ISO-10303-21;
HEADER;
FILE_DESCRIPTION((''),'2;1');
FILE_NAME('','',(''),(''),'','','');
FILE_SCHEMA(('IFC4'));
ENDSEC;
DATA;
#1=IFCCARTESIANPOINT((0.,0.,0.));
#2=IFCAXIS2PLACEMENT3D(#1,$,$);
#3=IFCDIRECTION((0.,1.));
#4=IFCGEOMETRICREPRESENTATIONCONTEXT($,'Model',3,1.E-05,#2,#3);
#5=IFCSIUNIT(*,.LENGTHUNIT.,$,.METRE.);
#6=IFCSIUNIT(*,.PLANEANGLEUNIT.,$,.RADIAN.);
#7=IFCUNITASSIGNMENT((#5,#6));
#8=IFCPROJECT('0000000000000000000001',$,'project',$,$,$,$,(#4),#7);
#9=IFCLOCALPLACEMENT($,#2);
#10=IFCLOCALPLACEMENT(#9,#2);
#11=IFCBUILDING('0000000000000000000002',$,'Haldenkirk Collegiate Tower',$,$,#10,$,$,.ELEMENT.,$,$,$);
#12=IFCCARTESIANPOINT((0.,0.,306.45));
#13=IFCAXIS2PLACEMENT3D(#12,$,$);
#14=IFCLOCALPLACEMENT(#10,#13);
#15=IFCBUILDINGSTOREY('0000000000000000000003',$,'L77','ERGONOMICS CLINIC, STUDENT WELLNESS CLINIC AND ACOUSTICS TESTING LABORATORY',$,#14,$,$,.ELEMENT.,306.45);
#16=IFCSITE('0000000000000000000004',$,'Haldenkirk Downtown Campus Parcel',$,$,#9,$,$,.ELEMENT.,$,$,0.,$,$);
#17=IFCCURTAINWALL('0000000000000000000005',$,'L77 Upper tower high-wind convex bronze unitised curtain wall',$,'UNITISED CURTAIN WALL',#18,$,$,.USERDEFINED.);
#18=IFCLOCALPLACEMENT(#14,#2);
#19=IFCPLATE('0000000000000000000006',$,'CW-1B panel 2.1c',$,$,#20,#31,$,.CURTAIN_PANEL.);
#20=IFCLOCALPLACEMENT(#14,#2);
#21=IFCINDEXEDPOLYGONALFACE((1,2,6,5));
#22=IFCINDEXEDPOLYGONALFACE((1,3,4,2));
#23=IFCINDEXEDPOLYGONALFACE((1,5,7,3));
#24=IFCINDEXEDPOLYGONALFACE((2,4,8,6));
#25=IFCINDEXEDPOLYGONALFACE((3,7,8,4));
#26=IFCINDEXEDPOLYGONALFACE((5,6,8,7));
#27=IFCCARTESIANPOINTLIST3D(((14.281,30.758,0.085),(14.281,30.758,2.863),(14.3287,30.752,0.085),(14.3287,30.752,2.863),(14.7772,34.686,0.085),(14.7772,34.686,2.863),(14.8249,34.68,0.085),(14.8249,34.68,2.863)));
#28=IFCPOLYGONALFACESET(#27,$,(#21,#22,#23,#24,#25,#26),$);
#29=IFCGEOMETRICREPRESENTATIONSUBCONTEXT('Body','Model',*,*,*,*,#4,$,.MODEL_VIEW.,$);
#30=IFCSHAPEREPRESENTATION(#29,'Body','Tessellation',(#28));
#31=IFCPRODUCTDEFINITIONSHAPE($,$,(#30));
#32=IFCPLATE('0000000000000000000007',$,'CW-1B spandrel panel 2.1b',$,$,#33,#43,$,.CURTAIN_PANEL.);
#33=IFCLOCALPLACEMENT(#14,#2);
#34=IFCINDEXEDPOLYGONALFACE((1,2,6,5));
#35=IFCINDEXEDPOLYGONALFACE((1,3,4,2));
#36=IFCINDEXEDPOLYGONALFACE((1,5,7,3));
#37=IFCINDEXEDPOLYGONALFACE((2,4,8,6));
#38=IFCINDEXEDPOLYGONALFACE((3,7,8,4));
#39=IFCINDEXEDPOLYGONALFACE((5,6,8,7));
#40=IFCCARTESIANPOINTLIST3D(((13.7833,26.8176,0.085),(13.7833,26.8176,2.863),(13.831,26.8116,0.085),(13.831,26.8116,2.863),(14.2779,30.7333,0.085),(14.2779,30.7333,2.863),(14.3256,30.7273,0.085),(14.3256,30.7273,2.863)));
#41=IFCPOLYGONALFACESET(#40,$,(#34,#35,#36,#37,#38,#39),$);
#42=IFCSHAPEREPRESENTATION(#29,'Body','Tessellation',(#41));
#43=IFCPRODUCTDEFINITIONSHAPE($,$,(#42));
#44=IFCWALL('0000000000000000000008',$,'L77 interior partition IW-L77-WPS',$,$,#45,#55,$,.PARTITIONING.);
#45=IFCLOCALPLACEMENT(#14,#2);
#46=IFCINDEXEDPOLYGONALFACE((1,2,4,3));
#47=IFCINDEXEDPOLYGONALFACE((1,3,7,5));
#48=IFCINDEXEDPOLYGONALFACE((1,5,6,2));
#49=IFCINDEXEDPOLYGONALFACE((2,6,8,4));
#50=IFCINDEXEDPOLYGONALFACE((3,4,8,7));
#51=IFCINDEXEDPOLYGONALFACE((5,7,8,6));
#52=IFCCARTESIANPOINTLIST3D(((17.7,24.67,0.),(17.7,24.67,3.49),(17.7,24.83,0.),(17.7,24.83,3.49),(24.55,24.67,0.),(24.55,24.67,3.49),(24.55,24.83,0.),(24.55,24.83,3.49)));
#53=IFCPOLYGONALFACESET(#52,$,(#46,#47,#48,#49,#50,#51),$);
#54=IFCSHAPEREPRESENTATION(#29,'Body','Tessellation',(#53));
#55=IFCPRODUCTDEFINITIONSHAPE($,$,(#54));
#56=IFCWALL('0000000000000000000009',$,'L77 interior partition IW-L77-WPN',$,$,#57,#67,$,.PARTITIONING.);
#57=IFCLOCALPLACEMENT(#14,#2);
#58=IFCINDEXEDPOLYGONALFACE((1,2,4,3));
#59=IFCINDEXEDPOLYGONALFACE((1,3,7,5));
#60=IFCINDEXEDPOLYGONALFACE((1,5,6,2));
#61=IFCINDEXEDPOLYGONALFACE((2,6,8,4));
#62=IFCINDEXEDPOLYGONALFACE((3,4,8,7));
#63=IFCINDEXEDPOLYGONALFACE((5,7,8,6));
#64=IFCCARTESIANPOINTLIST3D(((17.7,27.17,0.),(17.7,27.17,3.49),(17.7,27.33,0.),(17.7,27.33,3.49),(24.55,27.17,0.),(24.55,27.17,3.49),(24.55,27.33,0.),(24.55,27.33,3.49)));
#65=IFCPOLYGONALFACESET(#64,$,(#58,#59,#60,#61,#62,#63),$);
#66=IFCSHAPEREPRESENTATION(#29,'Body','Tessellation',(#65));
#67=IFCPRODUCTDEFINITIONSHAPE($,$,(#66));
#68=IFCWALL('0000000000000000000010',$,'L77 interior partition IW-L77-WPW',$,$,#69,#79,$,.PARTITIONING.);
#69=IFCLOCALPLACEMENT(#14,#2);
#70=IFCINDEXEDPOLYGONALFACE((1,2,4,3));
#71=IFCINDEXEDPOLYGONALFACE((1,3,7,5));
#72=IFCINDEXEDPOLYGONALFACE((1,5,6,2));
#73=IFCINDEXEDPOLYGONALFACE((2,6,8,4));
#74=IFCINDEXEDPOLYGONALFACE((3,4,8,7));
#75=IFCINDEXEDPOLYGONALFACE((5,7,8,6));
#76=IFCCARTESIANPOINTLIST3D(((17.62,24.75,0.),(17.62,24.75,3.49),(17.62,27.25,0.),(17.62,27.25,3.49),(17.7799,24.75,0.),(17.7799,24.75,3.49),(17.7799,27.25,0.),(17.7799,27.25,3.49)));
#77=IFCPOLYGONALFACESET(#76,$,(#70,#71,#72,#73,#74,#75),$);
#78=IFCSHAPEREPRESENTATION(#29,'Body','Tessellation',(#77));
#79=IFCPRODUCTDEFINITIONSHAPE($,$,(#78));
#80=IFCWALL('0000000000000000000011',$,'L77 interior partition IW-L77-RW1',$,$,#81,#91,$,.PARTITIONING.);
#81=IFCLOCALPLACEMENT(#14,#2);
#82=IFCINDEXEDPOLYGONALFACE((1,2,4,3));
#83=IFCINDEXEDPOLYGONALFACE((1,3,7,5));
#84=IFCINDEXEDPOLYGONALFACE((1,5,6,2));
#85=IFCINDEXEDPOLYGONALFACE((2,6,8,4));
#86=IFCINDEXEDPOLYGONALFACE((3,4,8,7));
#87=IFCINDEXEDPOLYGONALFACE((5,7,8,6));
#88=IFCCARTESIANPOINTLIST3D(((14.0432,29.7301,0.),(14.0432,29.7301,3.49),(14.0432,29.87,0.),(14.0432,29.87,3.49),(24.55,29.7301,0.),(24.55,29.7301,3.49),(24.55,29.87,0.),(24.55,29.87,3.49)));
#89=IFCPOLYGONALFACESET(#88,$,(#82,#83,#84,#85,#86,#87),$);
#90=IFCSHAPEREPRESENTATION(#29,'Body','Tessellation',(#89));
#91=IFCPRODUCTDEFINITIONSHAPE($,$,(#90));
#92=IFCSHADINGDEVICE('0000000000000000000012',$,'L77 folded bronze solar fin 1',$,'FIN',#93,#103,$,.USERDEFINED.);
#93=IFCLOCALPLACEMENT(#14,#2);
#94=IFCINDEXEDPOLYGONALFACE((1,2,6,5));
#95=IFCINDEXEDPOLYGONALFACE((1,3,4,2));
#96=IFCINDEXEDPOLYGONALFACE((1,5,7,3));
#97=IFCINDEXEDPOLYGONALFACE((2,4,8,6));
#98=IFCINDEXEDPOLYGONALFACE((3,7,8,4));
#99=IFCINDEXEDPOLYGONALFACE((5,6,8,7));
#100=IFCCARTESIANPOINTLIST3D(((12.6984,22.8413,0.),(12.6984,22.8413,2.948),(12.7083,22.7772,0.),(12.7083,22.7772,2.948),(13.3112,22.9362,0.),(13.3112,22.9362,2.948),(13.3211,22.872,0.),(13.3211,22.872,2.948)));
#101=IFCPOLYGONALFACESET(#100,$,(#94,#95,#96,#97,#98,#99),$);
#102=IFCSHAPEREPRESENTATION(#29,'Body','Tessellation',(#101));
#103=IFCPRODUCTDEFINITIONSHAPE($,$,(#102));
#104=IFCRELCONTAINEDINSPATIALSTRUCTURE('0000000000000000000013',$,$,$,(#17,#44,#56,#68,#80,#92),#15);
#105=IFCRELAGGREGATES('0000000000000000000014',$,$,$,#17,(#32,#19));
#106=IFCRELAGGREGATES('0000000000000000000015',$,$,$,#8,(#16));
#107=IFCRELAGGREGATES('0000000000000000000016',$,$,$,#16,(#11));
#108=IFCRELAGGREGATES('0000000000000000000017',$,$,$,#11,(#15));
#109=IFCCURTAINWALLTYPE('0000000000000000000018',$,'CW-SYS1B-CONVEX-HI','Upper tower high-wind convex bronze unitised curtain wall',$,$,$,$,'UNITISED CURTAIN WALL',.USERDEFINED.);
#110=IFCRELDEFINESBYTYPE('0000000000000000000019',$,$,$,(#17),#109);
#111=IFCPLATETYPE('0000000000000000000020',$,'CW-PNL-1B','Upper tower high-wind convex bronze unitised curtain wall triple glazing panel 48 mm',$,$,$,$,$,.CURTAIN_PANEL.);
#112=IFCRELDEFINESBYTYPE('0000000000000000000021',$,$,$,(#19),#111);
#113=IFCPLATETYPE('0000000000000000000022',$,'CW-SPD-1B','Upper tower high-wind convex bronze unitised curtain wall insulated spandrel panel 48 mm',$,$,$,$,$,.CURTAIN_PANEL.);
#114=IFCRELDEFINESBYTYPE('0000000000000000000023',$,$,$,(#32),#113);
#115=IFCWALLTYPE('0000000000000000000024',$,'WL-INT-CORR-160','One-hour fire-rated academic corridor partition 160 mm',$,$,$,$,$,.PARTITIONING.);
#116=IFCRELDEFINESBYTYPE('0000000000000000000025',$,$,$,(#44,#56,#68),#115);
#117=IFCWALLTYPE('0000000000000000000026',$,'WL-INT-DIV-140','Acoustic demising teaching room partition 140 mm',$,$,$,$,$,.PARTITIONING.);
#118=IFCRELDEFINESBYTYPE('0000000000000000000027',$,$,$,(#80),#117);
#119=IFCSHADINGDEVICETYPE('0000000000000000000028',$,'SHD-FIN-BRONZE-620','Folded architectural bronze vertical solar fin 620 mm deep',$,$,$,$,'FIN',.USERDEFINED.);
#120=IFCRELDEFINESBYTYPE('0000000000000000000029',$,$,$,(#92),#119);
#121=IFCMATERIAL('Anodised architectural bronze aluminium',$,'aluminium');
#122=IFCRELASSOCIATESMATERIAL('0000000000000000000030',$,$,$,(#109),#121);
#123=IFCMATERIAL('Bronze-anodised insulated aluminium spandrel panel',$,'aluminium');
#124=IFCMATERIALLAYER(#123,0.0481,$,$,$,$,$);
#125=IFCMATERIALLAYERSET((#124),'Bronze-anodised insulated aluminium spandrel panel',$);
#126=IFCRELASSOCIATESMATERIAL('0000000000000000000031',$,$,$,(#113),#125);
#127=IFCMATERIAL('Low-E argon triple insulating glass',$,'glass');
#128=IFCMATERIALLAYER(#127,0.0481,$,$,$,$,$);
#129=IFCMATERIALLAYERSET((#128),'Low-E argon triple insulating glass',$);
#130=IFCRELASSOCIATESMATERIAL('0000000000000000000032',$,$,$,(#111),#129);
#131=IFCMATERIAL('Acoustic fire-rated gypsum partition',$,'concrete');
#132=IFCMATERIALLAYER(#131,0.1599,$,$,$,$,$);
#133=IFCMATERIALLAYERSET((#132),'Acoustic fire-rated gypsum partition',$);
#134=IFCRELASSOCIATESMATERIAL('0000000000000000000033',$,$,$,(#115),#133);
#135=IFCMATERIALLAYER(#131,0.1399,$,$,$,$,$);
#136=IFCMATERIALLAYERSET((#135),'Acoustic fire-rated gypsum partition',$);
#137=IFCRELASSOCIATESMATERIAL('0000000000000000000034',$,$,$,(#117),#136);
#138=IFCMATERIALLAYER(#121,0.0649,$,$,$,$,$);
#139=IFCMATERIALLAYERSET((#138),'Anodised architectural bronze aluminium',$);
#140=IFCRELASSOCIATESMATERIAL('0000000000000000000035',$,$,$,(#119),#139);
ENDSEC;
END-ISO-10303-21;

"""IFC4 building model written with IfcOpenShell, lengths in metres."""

from ifc_helpers import new_model, si_unit, direction, frame, frame_2d, origin, origin_2d, place, context, subcontext, project, spatial, rectangle, extrude, source, transform, mapped, material, layer, layer_set, type_object, element, aggregate, save


model = new_model("IFC4")

# Units and contexts
model_context = context("Model", 3, precision=1e-05, world=origin(), true_north=direction((0.0, 1.0)))
body_context = subcontext(model_context, "Body", "Model", "MODEL_VIEW")
ifc_project = project(units=[si_unit("LENGTHUNIT", "METRE"), si_unit("PLANEANGLEUNIT", "RADIAN")], contexts=[model_context])

# Site, building, storey
site_placement = place(None, origin())
site = spatial("IfcSite", under=ifc_project, at=site_placement, Name="Haldenkirk Downtown Campus Parcel", CompositionType="ELEMENT", RefElevation=0.0)
building_placement = place(site_placement, origin())
building = spatial("IfcBuilding", under=site, at=building_placement, Name="Haldenkirk Collegiate Tower", CompositionType="ELEMENT")
storey_placement = place(building_placement, frame((0.0, 0.0, 306.45)))
storey = spatial("IfcBuildingStorey", under=building, at=storey_placement, Name="L77", Description="ERGONOMICS CLINIC, STUDENT WELLNESS CLINIC AND ACOUSTICS TESTING LABORATORY", CompositionType="ELEMENT", Elevation=306.45)

# Curtain wall
ifc_material_1 = material(Name="Anodised architectural bronze aluminium", Category="aluminium")
curtain_wall_type = type_object("IfcCurtainWallType", Name="CW-SYS1B-CONVEX-HI", Description="Upper tower high-wind convex bronze unitised curtain wall", ElementType="UNITISED CURTAIN WALL", PredefinedType="USERDEFINED", material=ifc_material_1)
curtain_wall_placement = place(storey_placement, origin())
curtain_wall = element("IfcCurtainWall", 1, at=curtain_wall_placement, inside=storey, type_object=curtain_wall_type, Name="L77 Upper tower high-wind convex bronze unitised curtain wall", ObjectType="UNITISED CURTAIN WALL", PredefinedType="USERDEFINED")

# Plates
ifc_material_2 = material(Name="Bronze-anodised insulated aluminium spandrel panel", Category="aluminium")
ifc_layer_1 = layer(ifc_material_2, 0.0481)
ifc_layer_set_1 = layer_set([ifc_layer_1], Name="Bronze-anodised insulated aluminium spandrel panel")
plate_type_1 = type_object("IfcPlateType", Name="CW-SPD-1B", Description="Upper tower high-wind convex bronze unitised curtain wall insulated spandrel panel 48 mm", PredefinedType="CURTAIN_PANEL", material=ifc_layer_set_1)
shared_shape_1 = source(origin(), body_context, "Body", "SweptSolid", [
    extrude(rectangle(XDim=3.9592, YDim=0.0481, at=origin_2d()), origin(), (0.0, 0.0, 1.0), 2.7781),
])
ifc_material_3 = material(Name="Low-E argon triple insulating glass", Category="glass")
ifc_layer_2 = layer(ifc_material_3, 0.0481)
ifc_layer_set_2 = layer_set([ifc_layer_2], Name="Low-E argon triple insulating glass")
plate_type_2 = type_object("IfcPlateType", Name="CW-PNL-1B", Description="Upper tower high-wind convex bronze unitised curtain wall triple glazing panel 48 mm", PredefinedType="CURTAIN_PANEL", material=ifc_layer_set_2)
plate_1_placement = place(storey_placement, frame((14.553, 32.719, 0.085), z_axis=(0.0, 0.0, 1.0), x_axis=(0.125333, 0.992115, 0.0)))
plate_1 = element("IfcPlate", 2, at=plate_1_placement, type_object=plate_type_2, Name="CW-1B panel 2.1c", PredefinedType="CURTAIN_PANEL", context=body_context, shape_type="MappedRepresentation", body=[
    mapped(shared_shape_1, transform((0.0, 0.0, 0.0), x_axis=(1.0, 0.0, 0.0), y_axis=(0.0, 1.0, 0.0), z_axis=(0.0, 0.0, 1.0), scale=1.0)),
])
shared_shape_2 = source(origin(), body_context, "Body", "SweptSolid", [
    extrude(rectangle(XDim=3.9468, YDim=0.0481, at=origin_2d()), origin(), (0.0, 0.0, 1.0), 2.7781),
])
plate_2_placement = place(storey_placement, frame((14.0544, 28.7725, 0.085), z_axis=(0.0, 0.0, 1.0), x_axis=(0.125333, 0.992115, 0.0)))
plate_2 = element("IfcPlate", 3, at=plate_2_placement, type_object=plate_type_1, Name="CW-1B spandrel panel 2.1b", PredefinedType="CURTAIN_PANEL", context=body_context, shape_type="MappedRepresentation", body=[
    mapped(shared_shape_2, transform((0.0, 0.0, 0.0), x_axis=(1.0, 0.0, 0.0), y_axis=(0.0, 1.0, 0.0), z_axis=(0.0, 0.0, 1.0), scale=1.0)),
])
aggregate(curtain_wall, [plate_2, plate_1])

# Walls
ifc_material_4 = material(Name="Acoustic fire-rated gypsum partition", Category="concrete")
ifc_layer_3 = layer(ifc_material_4, 0.1599)
ifc_layer_set_3 = layer_set([ifc_layer_3], Name="Acoustic fire-rated gypsum partition")
wall_type_1 = type_object("IfcWallType", Name="WL-INT-CORR-160", Description="One-hour fire-rated academic corridor partition 160 mm", PredefinedType="PARTITIONING", material=ifc_layer_set_3)
for number, where, z_axis, x_axis, name in (
    (4, (17.7, 24.75, 0.0), (0.0, 0.0, 1.0), (1.0, 0.0, 0.0), "L77 interior partition IW-L77-WPS"),
    (5, (17.7, 27.25, 0.0), (0.0, 0.0, 1.0), (1.0, 0.0, 0.0), "L77 interior partition IW-L77-WPN"),
):
    element("IfcWall", number, at=place(storey_placement, frame(where, z_axis=z_axis, x_axis=x_axis)), inside=storey, type_object=wall_type_1, Name=name, PredefinedType="PARTITIONING", context=body_context, shape_type="SweptSolid", body=[
        extrude(rectangle(XDim=6.8501, YDim=0.1599, at=frame_2d((3.425, 0.0))), origin(), (0.0, 0.0, 1.0), 3.49),
    ])
wall_1_placement = place(storey_placement, frame((17.7, 24.75, 0.0), z_axis=(0.0, 0.0, 1.0), x_axis=(0.0, 1.0, 0.0)))
element("IfcWall", 6, at=wall_1_placement, inside=storey, type_object=wall_type_1, Name="L77 interior partition IW-L77-WPW", PredefinedType="PARTITIONING", context=body_context, shape_type="SweptSolid", body=[
    extrude(rectangle(XDim=2.5, YDim=0.1599, at=frame_2d((1.25, 0.0))), origin(), (0.0, 0.0, 1.0), 3.49),
])
ifc_layer_4 = layer(ifc_material_4, 0.1399)
ifc_layer_set_4 = layer_set([ifc_layer_4], Name="Acoustic fire-rated gypsum partition")
wall_type_2 = type_object("IfcWallType", Name="WL-INT-DIV-140", Description="Acoustic demising teaching room partition 140 mm", PredefinedType="PARTITIONING", material=ifc_layer_set_4)
wall_2_placement = place(storey_placement, frame((14.0432, 29.8, 0.0), z_axis=(0.0, 0.0, 1.0), x_axis=(1.0, 0.0, 0.0)))
element("IfcWall", 7, at=wall_2_placement, inside=storey, type_object=wall_type_2, Name="L77 interior partition IW-L77-RW1", PredefinedType="PARTITIONING", context=body_context, shape_type="SweptSolid", body=[
    extrude(rectangle(XDim=10.5068, YDim=0.1399, at=frame_2d((5.2534, 0.0))), origin(), (0.0, 0.0, 1.0), 3.49),
])

# Shading device
ifc_layer_5 = layer(ifc_material_1, 0.0649)
ifc_layer_set_5 = layer_set([ifc_layer_5], Name="Anodised architectural bronze aluminium")
shading_device_type = type_object("IfcShadingDeviceType", Name="SHD-FIN-BRONZE-620", Description="Folded architectural bronze vertical solar fin 620 mm deep", ElementType="FIN", PredefinedType="USERDEFINED", material=ifc_layer_set_5)
shared_shape_3 = source(origin(), body_context, "Body", "SweptSolid", [
    extrude(rectangle(XDim=0.6201, YDim=0.0649, at=origin_2d()), origin(), (0.0, 0.0, 1.0), 2.948),
])
shading_device_placement = place(storey_placement, frame((13.0098, 22.8567, 0.0), z_axis=(0.0, 0.0, 1.0), x_axis=(-0.988228, -0.152986, 0.0)))
element("IfcShadingDevice", 8, at=shading_device_placement, inside=storey, type_object=shading_device_type, Name="L77 folded bronze solar fin 1", ObjectType="FIN", PredefinedType="USERDEFINED", context=body_context, shape_type="MappedRepresentation", body=[
    mapped(shared_shape_3, transform((0.0, 0.0, 0.0), x_axis=(1.0, 0.0, 0.0), y_axis=(0.0, 1.0, 0.0), z_axis=(0.0, 0.0, 1.0), scale=1.0)),
])

save(model, "model.ifc")
